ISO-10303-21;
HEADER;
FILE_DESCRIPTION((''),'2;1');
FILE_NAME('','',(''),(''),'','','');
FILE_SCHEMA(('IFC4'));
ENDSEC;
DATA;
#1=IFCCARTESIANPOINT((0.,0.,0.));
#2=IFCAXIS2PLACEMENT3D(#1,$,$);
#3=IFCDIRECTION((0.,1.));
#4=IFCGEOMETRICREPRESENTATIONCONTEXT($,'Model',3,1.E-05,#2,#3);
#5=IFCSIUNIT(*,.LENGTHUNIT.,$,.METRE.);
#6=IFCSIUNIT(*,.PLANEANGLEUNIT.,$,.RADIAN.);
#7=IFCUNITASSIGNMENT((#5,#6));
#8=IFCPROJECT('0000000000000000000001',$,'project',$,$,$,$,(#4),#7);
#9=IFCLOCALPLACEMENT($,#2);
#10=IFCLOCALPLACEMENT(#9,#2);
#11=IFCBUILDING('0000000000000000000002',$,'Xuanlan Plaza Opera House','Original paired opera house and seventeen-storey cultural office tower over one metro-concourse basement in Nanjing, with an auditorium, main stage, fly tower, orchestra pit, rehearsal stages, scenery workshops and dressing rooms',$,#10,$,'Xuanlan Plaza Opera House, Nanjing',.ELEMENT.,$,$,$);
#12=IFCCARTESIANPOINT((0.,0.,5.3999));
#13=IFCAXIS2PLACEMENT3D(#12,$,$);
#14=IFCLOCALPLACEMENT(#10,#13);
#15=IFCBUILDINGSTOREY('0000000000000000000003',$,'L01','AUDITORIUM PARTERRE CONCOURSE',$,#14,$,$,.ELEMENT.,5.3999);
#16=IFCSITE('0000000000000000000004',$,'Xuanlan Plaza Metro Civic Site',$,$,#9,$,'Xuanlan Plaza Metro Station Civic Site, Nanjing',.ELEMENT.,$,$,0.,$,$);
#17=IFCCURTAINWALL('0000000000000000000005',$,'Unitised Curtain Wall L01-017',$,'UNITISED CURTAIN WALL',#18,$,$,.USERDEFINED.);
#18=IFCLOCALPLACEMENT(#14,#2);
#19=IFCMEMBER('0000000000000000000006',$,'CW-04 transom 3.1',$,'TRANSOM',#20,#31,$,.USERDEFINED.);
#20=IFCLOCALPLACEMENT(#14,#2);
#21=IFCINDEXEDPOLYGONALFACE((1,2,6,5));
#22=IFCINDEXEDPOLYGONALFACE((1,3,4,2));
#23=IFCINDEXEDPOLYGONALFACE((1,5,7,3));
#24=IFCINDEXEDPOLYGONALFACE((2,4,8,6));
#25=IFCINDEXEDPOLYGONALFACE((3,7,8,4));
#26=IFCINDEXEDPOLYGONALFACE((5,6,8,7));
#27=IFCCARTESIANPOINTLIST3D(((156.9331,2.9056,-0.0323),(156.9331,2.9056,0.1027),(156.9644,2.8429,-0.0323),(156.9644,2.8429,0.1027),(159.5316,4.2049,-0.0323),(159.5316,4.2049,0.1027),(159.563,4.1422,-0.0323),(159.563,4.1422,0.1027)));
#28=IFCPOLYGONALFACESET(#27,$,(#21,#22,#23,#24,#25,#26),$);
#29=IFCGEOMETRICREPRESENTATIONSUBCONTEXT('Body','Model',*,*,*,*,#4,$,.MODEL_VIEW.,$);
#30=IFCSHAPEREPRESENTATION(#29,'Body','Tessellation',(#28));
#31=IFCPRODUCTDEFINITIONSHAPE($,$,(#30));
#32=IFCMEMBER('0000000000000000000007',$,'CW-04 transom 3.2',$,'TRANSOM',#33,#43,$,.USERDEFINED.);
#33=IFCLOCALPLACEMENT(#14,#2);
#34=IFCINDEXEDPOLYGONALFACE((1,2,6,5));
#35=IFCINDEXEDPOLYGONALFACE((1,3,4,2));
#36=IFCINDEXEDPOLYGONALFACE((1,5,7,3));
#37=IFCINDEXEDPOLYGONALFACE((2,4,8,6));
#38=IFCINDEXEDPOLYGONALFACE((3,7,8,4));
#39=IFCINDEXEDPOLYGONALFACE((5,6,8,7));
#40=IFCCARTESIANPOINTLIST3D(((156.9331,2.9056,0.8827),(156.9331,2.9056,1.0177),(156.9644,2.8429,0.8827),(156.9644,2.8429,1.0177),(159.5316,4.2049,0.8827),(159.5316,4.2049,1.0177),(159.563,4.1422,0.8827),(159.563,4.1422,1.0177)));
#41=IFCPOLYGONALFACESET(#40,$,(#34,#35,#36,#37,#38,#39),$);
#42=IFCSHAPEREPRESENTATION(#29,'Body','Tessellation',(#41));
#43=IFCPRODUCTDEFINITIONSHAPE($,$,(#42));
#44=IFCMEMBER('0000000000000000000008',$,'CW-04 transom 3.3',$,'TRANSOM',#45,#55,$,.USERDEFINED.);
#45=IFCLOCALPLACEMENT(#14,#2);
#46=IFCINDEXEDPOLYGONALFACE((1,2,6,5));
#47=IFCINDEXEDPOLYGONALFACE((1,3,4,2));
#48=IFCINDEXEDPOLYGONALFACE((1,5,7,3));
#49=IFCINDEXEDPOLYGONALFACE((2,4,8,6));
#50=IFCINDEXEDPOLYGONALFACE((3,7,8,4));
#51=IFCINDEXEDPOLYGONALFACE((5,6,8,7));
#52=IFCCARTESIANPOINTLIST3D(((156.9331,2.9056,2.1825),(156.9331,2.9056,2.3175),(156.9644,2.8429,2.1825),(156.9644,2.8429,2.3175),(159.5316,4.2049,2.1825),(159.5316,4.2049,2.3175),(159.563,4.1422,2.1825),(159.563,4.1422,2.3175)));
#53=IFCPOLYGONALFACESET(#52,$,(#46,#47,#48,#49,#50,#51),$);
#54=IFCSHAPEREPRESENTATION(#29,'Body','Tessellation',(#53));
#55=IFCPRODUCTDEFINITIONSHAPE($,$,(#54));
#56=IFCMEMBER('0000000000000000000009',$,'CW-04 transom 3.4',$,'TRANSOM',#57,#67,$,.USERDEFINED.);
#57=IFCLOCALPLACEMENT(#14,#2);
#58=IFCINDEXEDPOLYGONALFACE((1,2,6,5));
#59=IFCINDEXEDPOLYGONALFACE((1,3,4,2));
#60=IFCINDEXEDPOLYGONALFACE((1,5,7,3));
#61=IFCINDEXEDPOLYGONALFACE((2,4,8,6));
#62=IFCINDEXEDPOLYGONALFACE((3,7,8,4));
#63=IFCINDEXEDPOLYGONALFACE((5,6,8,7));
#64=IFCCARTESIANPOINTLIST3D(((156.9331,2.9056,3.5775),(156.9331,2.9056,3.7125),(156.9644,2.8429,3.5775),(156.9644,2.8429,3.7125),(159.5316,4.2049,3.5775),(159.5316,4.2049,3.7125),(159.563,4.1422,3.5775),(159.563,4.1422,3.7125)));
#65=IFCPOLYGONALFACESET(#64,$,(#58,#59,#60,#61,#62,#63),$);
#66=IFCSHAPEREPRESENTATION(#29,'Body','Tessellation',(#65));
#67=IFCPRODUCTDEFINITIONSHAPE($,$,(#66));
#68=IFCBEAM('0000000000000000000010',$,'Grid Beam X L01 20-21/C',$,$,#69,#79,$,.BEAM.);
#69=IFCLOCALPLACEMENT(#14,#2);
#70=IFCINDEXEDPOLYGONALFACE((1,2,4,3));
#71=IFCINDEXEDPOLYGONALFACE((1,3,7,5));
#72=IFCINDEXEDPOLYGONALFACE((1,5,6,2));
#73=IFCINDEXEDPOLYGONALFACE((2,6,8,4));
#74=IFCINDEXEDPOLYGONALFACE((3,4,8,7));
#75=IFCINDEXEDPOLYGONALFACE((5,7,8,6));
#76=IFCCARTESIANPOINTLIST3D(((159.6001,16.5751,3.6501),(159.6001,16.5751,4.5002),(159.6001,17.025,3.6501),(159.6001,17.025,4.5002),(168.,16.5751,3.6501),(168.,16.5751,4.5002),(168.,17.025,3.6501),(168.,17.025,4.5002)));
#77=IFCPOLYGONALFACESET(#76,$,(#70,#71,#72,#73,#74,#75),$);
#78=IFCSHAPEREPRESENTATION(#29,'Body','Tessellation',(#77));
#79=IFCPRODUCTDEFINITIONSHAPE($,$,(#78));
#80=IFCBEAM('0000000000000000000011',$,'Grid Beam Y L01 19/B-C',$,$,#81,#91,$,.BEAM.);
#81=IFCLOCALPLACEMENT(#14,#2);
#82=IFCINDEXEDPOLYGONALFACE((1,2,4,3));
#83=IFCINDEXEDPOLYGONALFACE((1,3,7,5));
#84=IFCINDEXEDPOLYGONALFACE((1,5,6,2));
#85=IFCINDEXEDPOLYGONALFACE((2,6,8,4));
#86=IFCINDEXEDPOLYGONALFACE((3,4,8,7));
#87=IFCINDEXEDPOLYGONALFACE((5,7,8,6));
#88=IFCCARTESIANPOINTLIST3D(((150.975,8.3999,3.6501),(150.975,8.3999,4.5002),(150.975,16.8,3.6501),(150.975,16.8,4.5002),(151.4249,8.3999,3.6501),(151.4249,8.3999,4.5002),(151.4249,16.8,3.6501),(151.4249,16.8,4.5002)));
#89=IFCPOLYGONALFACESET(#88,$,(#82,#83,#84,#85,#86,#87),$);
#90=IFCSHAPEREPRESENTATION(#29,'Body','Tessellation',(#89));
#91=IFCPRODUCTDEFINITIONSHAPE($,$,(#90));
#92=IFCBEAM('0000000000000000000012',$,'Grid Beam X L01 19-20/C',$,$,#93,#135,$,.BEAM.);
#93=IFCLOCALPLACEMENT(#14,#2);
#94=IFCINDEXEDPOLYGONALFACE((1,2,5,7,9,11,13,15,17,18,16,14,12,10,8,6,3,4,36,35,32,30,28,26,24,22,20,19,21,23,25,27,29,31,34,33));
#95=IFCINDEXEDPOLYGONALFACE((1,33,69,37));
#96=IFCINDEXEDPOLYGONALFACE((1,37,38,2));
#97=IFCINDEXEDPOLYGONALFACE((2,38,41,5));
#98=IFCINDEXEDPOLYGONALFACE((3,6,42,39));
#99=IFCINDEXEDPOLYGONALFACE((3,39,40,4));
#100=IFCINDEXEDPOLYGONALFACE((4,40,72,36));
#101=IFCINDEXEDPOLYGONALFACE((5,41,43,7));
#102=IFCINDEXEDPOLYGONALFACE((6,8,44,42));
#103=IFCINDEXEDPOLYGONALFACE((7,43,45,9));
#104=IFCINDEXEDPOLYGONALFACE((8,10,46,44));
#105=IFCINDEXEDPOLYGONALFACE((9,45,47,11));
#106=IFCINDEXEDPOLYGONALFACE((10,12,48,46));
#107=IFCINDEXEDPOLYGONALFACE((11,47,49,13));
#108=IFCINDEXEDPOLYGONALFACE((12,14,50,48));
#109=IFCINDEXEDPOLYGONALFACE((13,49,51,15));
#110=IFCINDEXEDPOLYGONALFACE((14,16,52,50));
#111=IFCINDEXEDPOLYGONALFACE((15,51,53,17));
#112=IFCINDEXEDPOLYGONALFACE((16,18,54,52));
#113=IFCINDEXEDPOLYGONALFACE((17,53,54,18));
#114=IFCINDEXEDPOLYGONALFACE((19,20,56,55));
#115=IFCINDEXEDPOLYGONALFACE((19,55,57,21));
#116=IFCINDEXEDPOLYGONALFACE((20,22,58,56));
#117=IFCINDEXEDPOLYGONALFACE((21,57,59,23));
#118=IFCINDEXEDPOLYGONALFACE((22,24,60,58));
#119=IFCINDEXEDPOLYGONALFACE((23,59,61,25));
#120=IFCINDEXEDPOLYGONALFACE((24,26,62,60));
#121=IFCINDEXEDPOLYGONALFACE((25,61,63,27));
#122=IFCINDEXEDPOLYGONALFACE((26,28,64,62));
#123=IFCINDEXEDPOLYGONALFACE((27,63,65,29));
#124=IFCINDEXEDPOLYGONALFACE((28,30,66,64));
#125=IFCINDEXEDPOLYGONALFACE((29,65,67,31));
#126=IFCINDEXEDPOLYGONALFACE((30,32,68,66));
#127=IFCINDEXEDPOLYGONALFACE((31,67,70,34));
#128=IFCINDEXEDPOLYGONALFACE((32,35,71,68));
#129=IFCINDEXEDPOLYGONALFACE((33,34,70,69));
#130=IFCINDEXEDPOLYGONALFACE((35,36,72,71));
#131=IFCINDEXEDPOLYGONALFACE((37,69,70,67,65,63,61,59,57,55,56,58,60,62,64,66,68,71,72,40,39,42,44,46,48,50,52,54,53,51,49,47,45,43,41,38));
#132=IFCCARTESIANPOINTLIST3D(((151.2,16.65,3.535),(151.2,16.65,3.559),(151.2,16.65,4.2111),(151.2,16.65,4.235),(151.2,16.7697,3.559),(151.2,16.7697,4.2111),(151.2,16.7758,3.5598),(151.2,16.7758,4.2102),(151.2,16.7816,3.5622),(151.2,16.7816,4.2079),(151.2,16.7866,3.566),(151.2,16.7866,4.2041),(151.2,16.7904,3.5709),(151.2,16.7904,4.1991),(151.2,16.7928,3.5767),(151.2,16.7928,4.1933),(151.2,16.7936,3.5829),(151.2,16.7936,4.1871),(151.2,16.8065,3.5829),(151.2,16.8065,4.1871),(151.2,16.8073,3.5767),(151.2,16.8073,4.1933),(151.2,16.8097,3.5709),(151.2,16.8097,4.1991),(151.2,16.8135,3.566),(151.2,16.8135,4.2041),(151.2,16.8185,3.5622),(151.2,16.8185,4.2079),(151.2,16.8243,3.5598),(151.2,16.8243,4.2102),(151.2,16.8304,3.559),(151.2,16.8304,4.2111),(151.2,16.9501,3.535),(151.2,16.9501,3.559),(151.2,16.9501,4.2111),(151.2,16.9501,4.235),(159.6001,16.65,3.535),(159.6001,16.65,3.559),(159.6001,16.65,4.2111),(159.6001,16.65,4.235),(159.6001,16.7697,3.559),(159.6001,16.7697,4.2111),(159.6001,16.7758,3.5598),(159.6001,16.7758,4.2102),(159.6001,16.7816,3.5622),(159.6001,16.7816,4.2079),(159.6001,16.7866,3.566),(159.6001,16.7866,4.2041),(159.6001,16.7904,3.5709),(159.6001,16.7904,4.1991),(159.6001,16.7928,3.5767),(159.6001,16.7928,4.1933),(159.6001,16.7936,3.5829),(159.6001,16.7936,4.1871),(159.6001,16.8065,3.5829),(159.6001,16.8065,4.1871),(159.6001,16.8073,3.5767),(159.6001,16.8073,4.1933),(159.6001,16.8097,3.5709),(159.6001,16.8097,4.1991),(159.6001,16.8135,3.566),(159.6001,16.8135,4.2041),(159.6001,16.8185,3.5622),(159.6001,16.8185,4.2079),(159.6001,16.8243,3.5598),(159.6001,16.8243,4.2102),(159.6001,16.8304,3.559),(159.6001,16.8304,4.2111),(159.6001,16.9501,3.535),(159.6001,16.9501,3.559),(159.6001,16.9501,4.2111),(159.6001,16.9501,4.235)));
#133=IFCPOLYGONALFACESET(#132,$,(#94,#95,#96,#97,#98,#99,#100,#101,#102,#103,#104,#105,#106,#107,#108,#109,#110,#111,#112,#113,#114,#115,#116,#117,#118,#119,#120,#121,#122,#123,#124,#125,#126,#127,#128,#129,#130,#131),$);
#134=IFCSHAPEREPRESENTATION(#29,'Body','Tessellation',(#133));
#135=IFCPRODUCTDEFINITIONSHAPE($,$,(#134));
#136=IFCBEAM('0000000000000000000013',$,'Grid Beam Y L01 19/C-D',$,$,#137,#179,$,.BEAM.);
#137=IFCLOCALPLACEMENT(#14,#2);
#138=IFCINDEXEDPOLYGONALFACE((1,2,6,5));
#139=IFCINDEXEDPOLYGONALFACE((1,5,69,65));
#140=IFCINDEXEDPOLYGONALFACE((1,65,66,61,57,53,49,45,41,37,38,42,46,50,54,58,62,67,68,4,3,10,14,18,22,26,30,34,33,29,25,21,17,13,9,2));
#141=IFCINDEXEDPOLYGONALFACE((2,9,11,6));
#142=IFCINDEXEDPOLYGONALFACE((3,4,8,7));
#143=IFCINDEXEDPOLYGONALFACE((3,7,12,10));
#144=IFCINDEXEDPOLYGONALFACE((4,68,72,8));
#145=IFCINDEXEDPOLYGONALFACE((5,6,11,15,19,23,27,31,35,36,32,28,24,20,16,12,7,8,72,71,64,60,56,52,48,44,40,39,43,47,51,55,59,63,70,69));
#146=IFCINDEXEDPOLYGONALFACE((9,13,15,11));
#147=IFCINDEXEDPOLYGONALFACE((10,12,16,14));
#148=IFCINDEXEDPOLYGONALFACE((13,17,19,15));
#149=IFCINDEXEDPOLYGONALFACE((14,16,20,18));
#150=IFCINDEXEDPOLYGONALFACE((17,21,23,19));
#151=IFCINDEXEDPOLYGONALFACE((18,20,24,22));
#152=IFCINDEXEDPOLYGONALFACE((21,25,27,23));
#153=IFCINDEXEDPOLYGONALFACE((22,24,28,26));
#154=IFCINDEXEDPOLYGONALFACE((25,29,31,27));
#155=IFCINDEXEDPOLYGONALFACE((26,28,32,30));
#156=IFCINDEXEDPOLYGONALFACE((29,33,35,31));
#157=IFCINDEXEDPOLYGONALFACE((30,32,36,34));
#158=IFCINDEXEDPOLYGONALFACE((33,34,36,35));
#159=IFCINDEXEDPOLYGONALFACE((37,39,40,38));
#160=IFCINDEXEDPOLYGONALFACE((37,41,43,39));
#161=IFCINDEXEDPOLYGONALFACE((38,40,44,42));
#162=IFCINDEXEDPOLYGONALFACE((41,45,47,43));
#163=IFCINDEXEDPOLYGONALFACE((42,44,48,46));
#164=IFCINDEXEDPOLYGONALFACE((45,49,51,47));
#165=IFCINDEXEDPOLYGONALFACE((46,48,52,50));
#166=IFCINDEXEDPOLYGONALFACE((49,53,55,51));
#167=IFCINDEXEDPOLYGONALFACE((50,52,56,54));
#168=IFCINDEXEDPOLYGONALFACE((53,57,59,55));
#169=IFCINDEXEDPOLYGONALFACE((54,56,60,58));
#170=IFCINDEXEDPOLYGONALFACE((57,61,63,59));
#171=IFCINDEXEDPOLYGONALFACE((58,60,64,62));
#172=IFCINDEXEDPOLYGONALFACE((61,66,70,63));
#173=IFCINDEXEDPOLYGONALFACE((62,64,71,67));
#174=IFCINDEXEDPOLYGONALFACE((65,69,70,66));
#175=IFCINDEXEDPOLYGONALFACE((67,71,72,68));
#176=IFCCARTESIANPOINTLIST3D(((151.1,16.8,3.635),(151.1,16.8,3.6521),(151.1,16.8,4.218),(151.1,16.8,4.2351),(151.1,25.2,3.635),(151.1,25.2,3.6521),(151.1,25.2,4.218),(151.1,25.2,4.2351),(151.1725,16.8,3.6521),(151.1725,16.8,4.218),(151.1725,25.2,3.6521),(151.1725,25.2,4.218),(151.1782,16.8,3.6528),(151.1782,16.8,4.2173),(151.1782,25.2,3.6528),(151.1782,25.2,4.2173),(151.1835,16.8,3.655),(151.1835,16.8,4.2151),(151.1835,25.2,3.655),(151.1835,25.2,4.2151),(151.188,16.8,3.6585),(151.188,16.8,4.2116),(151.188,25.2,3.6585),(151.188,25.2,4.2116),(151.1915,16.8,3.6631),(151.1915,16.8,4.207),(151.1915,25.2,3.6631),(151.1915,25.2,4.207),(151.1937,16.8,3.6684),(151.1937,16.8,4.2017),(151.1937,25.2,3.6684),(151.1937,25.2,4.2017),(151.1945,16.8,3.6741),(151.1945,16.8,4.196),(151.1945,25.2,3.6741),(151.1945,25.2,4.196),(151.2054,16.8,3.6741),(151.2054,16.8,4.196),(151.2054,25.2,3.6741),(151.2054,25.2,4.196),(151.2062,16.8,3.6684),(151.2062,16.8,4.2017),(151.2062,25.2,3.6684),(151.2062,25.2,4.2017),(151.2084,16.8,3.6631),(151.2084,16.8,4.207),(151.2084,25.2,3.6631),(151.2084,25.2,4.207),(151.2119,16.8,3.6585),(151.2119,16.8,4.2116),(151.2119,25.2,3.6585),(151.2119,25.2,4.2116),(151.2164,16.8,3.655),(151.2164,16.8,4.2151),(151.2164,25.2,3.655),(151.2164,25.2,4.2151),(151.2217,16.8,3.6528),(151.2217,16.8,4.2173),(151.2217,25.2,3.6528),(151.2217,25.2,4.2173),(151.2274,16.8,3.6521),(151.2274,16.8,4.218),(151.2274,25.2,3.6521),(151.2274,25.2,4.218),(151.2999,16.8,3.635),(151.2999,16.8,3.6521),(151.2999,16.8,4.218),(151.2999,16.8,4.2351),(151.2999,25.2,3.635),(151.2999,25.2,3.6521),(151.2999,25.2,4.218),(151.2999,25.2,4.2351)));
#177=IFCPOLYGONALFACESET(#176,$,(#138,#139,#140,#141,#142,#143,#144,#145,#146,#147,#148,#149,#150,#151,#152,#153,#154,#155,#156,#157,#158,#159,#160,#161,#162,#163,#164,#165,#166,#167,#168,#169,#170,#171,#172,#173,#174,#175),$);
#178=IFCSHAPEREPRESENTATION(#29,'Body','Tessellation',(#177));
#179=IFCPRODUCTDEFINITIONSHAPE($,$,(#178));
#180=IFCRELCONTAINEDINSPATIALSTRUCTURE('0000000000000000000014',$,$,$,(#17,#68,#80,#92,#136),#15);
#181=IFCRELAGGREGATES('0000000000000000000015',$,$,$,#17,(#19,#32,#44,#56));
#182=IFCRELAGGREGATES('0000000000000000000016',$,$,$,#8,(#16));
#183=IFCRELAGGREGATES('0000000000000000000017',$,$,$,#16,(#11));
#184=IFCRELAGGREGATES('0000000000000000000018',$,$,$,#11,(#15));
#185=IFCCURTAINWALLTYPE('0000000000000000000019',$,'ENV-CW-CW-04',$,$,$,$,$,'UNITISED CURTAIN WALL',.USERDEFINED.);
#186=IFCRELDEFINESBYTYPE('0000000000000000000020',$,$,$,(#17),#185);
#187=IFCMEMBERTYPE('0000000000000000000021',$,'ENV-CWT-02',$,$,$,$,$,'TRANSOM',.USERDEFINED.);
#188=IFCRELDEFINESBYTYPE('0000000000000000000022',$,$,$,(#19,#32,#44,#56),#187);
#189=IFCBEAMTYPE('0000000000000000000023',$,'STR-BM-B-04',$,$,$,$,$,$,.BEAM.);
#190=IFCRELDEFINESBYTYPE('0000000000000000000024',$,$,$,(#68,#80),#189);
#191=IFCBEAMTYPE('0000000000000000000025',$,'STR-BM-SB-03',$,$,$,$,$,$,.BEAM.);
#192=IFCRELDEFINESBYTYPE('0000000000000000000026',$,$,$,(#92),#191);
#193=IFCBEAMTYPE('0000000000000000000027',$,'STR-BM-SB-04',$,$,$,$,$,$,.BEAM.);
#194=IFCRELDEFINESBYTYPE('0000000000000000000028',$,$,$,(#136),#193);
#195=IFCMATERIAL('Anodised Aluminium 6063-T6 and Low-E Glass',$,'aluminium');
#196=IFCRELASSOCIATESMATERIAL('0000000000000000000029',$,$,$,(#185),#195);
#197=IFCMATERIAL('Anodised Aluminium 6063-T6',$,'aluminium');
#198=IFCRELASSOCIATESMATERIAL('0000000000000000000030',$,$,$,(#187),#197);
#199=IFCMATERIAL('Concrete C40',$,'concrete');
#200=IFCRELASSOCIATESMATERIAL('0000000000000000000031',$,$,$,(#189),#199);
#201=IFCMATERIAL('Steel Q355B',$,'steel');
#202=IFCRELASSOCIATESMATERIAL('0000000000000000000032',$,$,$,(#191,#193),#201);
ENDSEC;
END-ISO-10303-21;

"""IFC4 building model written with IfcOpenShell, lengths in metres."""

from ifc_helpers import new_model, si_unit, direction, frame, origin, origin_2d, place, context, subcontext, project, spatial, rectangle, i_section, extrude, material, material_profile, profile_set, type_object, element, aggregate, save


model = new_model("IFC4")

# Units and contexts
model_context = context("Model", 3, precision=1e-05, world=origin(), true_north=direction((0.0, 1.0)))
body_context = subcontext(model_context, "Body", "Model", "MODEL_VIEW")
ifc_project = project(units=[si_unit("LENGTHUNIT", "METRE"), si_unit("PLANEANGLEUNIT", "RADIAN")], contexts=[model_context])

# Site, building, storey
site_placement = place(None, origin())
site = spatial("IfcSite", under=ifc_project, at=site_placement, Name="Xuanlan Plaza Metro Civic Site", LongName="Xuanlan Plaza Metro Station Civic Site, Nanjing", CompositionType="ELEMENT", RefElevation=0.0)
building_placement = place(site_placement, origin())
building = spatial("IfcBuilding", under=site, at=building_placement, Name="Xuanlan Plaza Opera House", Description="Original paired opera house and seventeen-storey cultural office tower over one metro-concourse basement in Nanjing, with an auditorium, main stage, fly tower, orchestra pit, rehearsal stages, scenery workshops and dressing rooms", LongName="Xuanlan Plaza Opera House, Nanjing", CompositionType="ELEMENT")
storey_placement = place(building_placement, frame((0.0, 0.0, 5.3999)))
storey = spatial("IfcBuildingStorey", under=building, at=storey_placement, Name="L01", Description="AUDITORIUM PARTERRE CONCOURSE", CompositionType="ELEMENT", Elevation=5.3999)

# Shared definitions
ifc_material_1 = material(Name="Concrete C40", Category="concrete")

# Curtain wall, members
ifc_material_2 = material(Name="Anodised Aluminium 6063-T6 and Low-E Glass", Category="aluminium")
curtain_wall_type = type_object("IfcCurtainWallType", Name="ENV-CW-CW-04", ElementType="UNITISED CURTAIN WALL", PredefinedType="USERDEFINED", material=ifc_material_2)
curtain_wall_placement = place(storey_placement, origin())
curtain_wall = element("IfcCurtainWall", 1, at=curtain_wall_placement, inside=storey, type_object=curtain_wall_type, Name="Unitised Curtain Wall L01-017", ObjectType="UNITISED CURTAIN WALL", PredefinedType="USERDEFINED")
ifc_material_3 = material(Name="Anodised Aluminium 6063-T6", Category="aluminium")
ifc_material_profile_1 = material_profile(ifc_material_3, rectangle(XDim=0.0701, YDim=0.135, at=origin_2d()), Name="ALU-T 70x135")
ifc_profile_set_1 = profile_set([ifc_material_profile_1], Name="Anodised Aluminium 6063-T6")
member_type_1 = type_object("IfcMemberType", Name="ENV-CWT-02", ElementType="TRANSOM", PredefinedType="USERDEFINED", material=ifc_profile_set_1)
member_1_placement = place(storey_placement, frame((156.9487, 2.8743, 0.0352), z_axis=(0.894427, 0.447214, 0.0), x_axis=(-0.447214, 0.894427, 0.0)))
member_1 = element("IfcMember", 2, at=member_1_placement, type_object=member_type_1, Name="CW-04 transom 3.1", ObjectType="TRANSOM", PredefinedType="USERDEFINED", context=body_context, shape_type="SweptSolid", body=[
    extrude(rectangle(XDim=0.0701, YDim=0.135, at=origin_2d()), origin(), (0.0, 0.0, 1.0), 2.9053),
])
member_2_placement = place(storey_placement, frame((156.9487, 2.8743, 0.9502), z_axis=(0.894427, 0.447214, 0.0), x_axis=(-0.447214, 0.894427, 0.0)))
member_2 = element("IfcMember", 3, at=member_2_placement, type_object=member_type_1, Name="CW-04 transom 3.2", ObjectType="TRANSOM", PredefinedType="USERDEFINED", context=body_context, shape_type="SweptSolid", body=[
    extrude(rectangle(XDim=0.0701, YDim=0.135, at=origin_2d()), origin(), (0.0, 0.0, 1.0), 2.9053),
])
member_3_placement = place(storey_placement, frame((156.9487, 2.8743, 2.25), z_axis=(0.894427, 0.447214, 0.0), x_axis=(-0.447214, 0.894427, 0.0)))
member_3 = element("IfcMember", 4, at=member_3_placement, type_object=member_type_1, Name="CW-04 transom 3.3", ObjectType="TRANSOM", PredefinedType="USERDEFINED", context=body_context, shape_type="SweptSolid", body=[
    extrude(rectangle(XDim=0.0701, YDim=0.135, at=origin_2d()), origin(), (0.0, 0.0, 1.0), 2.9053),
])
member_4_placement = place(storey_placement, frame((156.9487, 2.8743, 3.645), z_axis=(0.894427, 0.447214, 0.0), x_axis=(-0.447214, 0.894427, 0.0)))
member_4 = element("IfcMember", 5, at=member_4_placement, type_object=member_type_1, Name="CW-04 transom 3.4", ObjectType="TRANSOM", PredefinedType="USERDEFINED", context=body_context, shape_type="SweptSolid", body=[
    extrude(rectangle(XDim=0.0701, YDim=0.135, at=origin_2d()), origin(), (0.0, 0.0, 1.0), 2.9053),
])

# Beams
ifc_material_profile_2 = material_profile(ifc_material_1, rectangle(XDim=0.45, YDim=0.8501, at=origin_2d()), Name="RC-BM 450x850")
ifc_profile_set_2 = profile_set([ifc_material_profile_2], Name="Concrete C40")
beam_type_1 = type_object("IfcBeamType", Name="STR-BM-B-04", PredefinedType="BEAM", material=ifc_profile_set_2)
beam_1_placement = place(storey_placement, frame((159.6001, 16.8, 4.0752), z_axis=(1.0, 0.0, 0.0), x_axis=(0.0, 1.0, 0.0)))
element("IfcBeam", 6, at=beam_1_placement, inside=storey, type_object=beam_type_1, Name="Grid Beam X L01 20-21/C", PredefinedType="BEAM", context=body_context, shape_type="SweptSolid", body=[
    extrude(rectangle(XDim=0.45, YDim=0.8501, at=origin_2d()), origin(), (0.0, 0.0, 1.0), 8.3999),
])
beam_2_placement = place(storey_placement, frame((151.2, 8.3999, 4.0752), z_axis=(0.0, 1.0, 0.0), x_axis=(-1.0, 0.0, 0.0)))
element("IfcBeam", 7, at=beam_2_placement, inside=storey, type_object=beam_type_1, Name="Grid Beam Y L01 19/B-C", PredefinedType="BEAM", context=body_context, shape_type="SweptSolid", body=[
    extrude(rectangle(XDim=0.45, YDim=0.8501, at=origin_2d()), origin(), (0.0, 0.0, 1.0), 8.4001),
])
ifc_material_4 = material(Name="Steel Q355B", Category="steel")
ifc_material_profile_3 = material_profile(ifc_material_4, i_section(OverallWidth=0.3, OverallDepth=0.7, WebThickness=0.0129, FlangeThickness=0.0239, FilletRadius=0.0239, at=origin_2d()), Name="HN 700x300x13x24")
ifc_profile_set_3 = profile_set([ifc_material_profile_3], Name="Steel Q355B")
beam_type_2 = type_object("IfcBeamType", Name="STR-BM-SB-03", PredefinedType="BEAM", material=ifc_profile_set_3)
beam_3_placement = place(storey_placement, frame((151.2, 16.8, 3.885), z_axis=(1.0, 0.0, 0.0), x_axis=(0.0, 1.0, 0.0)))
element("IfcBeam", 8, at=beam_3_placement, inside=storey, type_object=beam_type_2, Name="Grid Beam X L01 19-20/C", PredefinedType="BEAM", context=body_context, shape_type="SweptSolid", body=[
    extrude(i_section(OverallWidth=0.3, OverallDepth=0.7, WebThickness=0.0129, FlangeThickness=0.0239, FilletRadius=0.0239, at=origin_2d()), origin(), (0.0, 0.0, 1.0), 8.4001),
])
ifc_material_profile_4 = material_profile(ifc_material_4, i_section(OverallWidth=0.2, OverallDepth=0.6001, WebThickness=0.011, FlangeThickness=0.0171, FilletRadius=0.022, at=origin_2d()), Name="HN 600x200x11x17")
ifc_profile_set_4 = profile_set([ifc_material_profile_4], Name="Steel Q355B")
beam_type_3 = type_object("IfcBeamType", Name="STR-BM-SB-04", PredefinedType="BEAM", material=ifc_profile_set_4)
beam_4_placement = place(storey_placement, frame((151.2, 16.8, 3.9351), z_axis=(0.0, 1.0, 0.0), x_axis=(-1.0, 0.0, 0.0)))
element("IfcBeam", 9, at=beam_4_placement, inside=storey, type_object=beam_type_3, Name="Grid Beam Y L01 19/C-D", PredefinedType="BEAM", context=body_context, shape_type="SweptSolid", body=[
    extrude(i_section(OverallWidth=0.2, OverallDepth=0.6001, WebThickness=0.011, FlangeThickness=0.0171, FilletRadius=0.022, at=origin_2d()), origin(), (0.0, 0.0, 1.0), 8.3999),
])

aggregate(curtain_wall, [member_1, member_2, member_3, member_4])

save(model, "model.ifc")
